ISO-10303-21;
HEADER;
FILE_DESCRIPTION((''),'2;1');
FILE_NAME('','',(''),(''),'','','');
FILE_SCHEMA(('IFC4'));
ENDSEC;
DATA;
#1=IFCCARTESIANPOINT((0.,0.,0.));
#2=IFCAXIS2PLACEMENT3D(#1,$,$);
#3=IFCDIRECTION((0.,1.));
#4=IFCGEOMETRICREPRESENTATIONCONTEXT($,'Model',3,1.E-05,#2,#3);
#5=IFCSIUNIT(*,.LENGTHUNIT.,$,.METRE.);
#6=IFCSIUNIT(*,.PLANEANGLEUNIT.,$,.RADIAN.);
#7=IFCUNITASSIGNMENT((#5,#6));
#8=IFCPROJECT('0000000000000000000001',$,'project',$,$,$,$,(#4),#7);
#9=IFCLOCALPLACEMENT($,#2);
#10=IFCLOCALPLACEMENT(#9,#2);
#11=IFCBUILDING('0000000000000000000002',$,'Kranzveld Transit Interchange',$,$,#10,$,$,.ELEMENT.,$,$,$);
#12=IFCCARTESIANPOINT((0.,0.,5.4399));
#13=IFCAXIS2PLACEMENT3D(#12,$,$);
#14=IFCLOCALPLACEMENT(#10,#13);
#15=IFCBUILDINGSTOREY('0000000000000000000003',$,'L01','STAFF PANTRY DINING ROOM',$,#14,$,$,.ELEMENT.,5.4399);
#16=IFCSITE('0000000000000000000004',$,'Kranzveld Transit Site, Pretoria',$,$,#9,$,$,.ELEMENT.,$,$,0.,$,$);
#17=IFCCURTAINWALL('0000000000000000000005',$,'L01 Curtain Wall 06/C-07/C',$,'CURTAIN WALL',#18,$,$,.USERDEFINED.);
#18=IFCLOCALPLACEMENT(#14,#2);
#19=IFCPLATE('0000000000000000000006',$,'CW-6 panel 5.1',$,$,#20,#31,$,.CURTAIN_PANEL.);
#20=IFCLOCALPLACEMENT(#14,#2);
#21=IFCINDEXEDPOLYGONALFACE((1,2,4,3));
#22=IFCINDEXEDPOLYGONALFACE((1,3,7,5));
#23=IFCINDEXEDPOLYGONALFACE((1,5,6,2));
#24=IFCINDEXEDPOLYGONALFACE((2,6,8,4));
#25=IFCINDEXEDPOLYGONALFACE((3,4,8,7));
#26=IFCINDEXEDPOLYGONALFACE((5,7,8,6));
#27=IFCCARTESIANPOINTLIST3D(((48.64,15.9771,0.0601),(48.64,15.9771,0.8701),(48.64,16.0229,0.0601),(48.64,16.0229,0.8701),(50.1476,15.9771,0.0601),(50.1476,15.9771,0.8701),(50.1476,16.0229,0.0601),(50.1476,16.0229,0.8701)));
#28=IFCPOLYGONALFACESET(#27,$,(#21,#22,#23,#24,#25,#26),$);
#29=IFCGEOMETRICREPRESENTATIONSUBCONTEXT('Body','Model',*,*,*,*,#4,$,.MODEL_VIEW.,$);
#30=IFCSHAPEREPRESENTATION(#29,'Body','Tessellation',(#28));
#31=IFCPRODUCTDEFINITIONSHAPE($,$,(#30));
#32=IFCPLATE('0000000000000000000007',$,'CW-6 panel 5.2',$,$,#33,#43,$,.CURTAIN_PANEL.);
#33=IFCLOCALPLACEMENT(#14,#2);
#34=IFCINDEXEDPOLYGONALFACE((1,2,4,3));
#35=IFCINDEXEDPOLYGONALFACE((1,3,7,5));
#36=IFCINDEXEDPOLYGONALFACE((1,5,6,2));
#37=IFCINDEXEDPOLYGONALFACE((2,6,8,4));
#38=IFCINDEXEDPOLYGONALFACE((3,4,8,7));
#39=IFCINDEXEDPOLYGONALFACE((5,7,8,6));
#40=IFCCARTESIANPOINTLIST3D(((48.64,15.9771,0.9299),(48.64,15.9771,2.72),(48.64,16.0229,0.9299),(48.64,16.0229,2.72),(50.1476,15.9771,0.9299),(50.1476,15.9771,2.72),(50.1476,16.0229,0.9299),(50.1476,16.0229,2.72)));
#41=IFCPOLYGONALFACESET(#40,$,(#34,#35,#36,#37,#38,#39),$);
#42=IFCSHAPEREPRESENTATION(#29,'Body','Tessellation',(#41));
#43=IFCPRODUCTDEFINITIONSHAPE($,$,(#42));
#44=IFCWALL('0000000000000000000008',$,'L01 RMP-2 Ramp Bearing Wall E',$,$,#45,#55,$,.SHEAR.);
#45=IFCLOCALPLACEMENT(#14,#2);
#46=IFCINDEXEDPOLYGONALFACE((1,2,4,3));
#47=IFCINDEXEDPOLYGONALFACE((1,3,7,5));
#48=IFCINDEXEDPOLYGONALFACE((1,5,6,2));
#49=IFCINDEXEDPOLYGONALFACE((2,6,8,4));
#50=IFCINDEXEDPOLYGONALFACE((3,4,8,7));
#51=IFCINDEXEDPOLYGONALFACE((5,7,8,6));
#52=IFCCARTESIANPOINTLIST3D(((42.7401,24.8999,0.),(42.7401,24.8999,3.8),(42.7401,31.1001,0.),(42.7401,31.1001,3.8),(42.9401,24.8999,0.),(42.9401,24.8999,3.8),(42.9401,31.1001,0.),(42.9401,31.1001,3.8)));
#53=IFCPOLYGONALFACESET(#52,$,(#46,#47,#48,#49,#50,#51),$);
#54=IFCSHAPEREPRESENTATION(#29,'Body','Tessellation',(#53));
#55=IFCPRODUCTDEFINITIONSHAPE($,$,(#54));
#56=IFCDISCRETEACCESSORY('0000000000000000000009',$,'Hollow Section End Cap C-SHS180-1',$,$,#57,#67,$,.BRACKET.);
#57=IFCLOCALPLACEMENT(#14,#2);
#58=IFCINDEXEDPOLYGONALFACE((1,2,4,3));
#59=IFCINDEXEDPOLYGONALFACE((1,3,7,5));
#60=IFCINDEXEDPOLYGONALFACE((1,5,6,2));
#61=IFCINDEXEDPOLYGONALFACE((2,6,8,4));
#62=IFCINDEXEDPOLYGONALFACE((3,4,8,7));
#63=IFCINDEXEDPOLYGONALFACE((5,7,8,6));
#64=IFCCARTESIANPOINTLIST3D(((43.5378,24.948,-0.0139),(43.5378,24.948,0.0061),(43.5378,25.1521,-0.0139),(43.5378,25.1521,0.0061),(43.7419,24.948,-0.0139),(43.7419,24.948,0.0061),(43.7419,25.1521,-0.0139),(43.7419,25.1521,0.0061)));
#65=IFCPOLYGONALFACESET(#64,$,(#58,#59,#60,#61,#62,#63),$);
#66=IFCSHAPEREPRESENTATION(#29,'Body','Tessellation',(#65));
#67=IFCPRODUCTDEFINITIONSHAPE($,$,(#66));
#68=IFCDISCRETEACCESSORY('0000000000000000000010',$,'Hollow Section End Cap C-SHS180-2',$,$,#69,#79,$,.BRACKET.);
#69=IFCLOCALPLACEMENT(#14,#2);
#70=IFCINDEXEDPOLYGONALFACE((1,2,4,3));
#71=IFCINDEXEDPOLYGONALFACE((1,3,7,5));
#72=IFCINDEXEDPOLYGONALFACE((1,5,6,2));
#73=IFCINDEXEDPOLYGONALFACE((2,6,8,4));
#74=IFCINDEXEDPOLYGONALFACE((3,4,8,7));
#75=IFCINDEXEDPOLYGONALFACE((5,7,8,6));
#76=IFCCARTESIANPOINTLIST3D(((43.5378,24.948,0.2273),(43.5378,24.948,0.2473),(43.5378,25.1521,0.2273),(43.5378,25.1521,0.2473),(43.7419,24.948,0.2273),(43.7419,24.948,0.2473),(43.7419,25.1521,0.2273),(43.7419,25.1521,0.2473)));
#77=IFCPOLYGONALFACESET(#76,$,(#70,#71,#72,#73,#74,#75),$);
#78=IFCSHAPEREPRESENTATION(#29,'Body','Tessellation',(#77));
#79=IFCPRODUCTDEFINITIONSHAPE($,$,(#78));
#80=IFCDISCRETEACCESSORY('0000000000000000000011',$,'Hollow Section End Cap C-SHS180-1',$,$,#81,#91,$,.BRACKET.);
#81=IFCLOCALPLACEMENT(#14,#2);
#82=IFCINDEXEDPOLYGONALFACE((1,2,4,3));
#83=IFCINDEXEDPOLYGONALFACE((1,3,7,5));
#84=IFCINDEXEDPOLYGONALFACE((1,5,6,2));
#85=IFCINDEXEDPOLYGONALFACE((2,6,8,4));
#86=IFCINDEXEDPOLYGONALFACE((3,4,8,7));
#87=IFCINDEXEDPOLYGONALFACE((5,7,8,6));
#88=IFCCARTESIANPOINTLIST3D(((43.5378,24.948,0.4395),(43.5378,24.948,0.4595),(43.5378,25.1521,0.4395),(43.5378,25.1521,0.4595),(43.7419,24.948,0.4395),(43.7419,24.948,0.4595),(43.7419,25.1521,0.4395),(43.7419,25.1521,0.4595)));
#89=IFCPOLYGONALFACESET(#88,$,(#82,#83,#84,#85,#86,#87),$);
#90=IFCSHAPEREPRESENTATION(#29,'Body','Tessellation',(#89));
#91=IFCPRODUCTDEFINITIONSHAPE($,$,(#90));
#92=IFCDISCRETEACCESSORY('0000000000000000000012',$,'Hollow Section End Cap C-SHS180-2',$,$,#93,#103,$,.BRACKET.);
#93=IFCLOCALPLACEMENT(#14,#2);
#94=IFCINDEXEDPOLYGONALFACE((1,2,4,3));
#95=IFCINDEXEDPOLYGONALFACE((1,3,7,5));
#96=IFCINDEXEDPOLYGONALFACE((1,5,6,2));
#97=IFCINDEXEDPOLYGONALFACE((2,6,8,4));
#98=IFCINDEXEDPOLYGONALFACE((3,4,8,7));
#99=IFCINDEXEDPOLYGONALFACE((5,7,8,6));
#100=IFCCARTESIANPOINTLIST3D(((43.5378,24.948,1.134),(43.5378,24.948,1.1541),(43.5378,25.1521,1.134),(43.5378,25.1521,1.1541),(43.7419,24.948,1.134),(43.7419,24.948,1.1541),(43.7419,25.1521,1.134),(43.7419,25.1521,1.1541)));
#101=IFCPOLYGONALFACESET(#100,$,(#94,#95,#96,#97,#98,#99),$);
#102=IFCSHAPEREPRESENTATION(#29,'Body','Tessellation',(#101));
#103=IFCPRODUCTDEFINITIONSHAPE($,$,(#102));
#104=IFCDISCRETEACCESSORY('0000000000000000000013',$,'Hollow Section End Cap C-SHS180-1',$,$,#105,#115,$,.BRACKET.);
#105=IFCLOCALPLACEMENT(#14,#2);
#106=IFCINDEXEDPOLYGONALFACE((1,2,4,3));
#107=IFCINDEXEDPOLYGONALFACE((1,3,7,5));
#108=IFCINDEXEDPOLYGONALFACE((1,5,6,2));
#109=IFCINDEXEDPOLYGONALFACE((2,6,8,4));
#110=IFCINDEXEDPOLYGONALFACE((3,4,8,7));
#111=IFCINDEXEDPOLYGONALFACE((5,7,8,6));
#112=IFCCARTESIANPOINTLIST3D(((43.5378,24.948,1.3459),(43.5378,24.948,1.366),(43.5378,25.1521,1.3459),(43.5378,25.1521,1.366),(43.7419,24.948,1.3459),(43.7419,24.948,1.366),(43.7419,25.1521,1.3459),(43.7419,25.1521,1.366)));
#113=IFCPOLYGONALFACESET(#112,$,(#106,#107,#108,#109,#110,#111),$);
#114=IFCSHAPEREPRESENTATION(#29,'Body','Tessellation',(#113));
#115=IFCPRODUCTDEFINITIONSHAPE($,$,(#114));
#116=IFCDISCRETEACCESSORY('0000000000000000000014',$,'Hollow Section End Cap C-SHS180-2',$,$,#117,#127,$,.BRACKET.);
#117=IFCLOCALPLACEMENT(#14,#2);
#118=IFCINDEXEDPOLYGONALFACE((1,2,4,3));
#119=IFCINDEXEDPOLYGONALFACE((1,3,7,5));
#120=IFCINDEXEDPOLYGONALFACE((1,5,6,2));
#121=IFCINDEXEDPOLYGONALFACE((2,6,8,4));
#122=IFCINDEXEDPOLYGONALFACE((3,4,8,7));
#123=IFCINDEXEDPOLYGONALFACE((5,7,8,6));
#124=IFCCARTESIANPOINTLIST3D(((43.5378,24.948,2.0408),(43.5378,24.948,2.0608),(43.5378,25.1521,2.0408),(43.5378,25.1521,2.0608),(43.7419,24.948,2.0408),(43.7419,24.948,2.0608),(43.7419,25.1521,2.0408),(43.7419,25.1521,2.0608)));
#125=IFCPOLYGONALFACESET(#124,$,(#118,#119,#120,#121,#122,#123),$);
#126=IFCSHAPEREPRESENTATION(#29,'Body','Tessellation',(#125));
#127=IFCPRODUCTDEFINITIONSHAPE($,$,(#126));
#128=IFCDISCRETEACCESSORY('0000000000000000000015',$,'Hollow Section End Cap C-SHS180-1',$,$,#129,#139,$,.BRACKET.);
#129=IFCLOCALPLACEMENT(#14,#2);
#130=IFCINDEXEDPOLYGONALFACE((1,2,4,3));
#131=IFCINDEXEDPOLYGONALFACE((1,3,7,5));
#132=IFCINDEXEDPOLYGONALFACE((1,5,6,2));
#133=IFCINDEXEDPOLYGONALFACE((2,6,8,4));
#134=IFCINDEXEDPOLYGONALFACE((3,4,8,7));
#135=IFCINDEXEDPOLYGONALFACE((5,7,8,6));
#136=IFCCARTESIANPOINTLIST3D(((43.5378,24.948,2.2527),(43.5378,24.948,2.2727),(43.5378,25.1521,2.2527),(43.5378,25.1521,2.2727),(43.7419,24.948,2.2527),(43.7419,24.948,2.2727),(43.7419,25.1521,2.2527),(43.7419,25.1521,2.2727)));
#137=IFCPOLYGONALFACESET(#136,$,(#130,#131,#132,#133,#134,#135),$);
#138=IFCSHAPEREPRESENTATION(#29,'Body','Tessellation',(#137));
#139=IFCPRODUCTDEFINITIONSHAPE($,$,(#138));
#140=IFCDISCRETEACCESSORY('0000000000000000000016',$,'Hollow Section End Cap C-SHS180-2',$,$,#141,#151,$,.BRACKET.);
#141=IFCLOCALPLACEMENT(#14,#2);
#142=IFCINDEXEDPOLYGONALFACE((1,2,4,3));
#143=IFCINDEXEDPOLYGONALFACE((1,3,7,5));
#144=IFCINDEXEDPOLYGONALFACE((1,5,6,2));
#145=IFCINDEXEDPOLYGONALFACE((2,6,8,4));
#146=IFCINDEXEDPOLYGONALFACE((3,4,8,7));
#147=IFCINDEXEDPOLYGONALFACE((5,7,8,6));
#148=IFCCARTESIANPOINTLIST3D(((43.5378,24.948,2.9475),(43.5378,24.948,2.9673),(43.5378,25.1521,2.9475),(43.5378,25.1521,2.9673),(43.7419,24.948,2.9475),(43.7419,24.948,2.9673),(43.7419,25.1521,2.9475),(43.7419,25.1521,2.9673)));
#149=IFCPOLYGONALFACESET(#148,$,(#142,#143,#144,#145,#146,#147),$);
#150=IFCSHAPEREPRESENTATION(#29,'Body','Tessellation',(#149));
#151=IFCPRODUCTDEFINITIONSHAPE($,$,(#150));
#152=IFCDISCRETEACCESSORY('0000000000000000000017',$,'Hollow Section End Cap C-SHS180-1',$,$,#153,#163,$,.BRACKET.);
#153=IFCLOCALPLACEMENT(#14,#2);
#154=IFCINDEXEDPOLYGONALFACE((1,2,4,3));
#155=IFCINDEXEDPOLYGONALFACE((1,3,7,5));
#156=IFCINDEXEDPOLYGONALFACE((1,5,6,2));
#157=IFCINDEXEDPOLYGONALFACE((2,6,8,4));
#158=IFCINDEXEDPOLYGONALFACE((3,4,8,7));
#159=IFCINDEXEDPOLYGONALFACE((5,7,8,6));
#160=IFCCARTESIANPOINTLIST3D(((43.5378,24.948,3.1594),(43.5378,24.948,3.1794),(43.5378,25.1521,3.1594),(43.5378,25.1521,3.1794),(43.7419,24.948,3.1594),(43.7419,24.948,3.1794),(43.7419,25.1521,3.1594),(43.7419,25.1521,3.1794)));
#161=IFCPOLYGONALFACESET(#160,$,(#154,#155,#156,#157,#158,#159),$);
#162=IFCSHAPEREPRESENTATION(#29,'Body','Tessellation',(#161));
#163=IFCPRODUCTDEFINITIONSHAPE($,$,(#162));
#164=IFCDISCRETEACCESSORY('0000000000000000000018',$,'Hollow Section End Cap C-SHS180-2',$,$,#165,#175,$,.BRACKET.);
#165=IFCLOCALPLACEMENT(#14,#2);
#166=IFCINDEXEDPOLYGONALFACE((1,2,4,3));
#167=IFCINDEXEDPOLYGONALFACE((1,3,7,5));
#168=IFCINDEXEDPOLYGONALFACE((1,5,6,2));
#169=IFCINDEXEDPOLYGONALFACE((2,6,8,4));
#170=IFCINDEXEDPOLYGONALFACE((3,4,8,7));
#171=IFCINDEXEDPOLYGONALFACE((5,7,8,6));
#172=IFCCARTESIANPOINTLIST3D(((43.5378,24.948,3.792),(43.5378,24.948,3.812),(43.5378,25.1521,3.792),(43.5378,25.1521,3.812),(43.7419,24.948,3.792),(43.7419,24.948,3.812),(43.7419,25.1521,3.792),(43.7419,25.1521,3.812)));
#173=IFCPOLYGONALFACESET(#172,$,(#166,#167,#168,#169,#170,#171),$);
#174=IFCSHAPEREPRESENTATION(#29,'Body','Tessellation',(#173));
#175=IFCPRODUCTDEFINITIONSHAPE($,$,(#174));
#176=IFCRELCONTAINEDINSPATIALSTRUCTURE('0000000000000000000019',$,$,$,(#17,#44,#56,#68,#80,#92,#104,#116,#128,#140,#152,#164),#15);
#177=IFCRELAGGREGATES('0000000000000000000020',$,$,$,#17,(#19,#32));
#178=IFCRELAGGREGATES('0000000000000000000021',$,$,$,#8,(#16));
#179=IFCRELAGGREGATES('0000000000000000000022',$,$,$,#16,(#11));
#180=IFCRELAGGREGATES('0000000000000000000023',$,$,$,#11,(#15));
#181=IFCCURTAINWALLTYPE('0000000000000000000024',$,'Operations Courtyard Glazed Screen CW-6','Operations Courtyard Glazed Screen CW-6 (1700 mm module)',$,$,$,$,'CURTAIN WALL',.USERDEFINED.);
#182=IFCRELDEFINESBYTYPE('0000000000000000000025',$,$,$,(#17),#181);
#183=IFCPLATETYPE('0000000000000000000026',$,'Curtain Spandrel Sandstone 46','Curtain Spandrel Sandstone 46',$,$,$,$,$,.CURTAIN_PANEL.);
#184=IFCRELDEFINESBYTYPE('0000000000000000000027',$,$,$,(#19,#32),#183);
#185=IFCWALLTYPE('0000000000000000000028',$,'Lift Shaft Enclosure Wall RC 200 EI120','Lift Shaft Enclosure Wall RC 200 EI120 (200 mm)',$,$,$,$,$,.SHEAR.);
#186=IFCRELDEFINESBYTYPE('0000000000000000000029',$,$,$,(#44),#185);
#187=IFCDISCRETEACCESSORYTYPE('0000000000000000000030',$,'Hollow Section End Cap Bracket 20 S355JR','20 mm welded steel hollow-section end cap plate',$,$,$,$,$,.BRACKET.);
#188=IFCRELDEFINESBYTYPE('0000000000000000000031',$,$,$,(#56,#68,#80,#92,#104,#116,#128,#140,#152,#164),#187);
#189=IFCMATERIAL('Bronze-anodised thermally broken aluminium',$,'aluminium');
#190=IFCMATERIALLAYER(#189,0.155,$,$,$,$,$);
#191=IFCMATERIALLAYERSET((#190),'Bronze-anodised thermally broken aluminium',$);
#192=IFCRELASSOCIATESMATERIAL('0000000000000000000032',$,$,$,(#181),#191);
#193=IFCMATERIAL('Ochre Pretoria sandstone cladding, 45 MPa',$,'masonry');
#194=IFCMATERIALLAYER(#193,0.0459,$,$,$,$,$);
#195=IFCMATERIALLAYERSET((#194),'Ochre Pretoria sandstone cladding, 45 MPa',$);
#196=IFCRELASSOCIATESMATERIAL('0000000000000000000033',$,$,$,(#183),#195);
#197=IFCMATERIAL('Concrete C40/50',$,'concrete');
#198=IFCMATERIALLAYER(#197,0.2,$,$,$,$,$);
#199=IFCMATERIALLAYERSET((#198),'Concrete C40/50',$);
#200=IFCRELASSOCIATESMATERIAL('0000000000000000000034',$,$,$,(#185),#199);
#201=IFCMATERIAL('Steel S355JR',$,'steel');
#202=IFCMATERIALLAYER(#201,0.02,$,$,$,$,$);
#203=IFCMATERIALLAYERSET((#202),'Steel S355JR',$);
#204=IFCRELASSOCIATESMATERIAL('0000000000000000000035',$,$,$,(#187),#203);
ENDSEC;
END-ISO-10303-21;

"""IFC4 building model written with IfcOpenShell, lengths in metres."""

from ifc_helpers import new_model, si_unit, direction, frame, frame_2d, origin, origin_2d, place, context, subcontext, project, spatial, rectangle, extrude, material, layer, layer_set, type_object, element, aggregate, save


model = new_model("IFC4")

# Units and contexts
model_context = context("Model", 3, precision=1e-05, world=origin(), true_north=direction((0.0, 1.0)))
body_context = subcontext(model_context, "Body", "Model", "MODEL_VIEW")
ifc_project = project(units=[si_unit("LENGTHUNIT", "METRE"), si_unit("PLANEANGLEUNIT", "RADIAN")], contexts=[model_context])

# Site, building, storey
site_placement = place(None, origin())
site = spatial("IfcSite", under=ifc_project, at=site_placement, Name="Kranzveld Transit Site, Pretoria", CompositionType="ELEMENT", RefElevation=0.0)
building_placement = place(site_placement, origin())
building = spatial("IfcBuilding", under=site, at=building_placement, Name="Kranzveld Transit Interchange", CompositionType="ELEMENT")
storey_placement = place(building_placement, frame((0.0, 0.0, 5.4399)))
storey = spatial("IfcBuildingStorey", under=building, at=storey_placement, Name="L01", Description="STAFF PANTRY DINING ROOM", CompositionType="ELEMENT", Elevation=5.4399)

# Curtain wall, plates
ifc_material_1 = material(Name="Bronze-anodised thermally broken aluminium", Category="aluminium")
ifc_layer_1 = layer(ifc_material_1, 0.155)
ifc_layer_set_1 = layer_set([ifc_layer_1], Name="Bronze-anodised thermally broken aluminium")
curtain_wall_type = type_object("IfcCurtainWallType", Name="Operations Courtyard Glazed Screen CW-6", Description="Operations Courtyard Glazed Screen CW-6 (1700 mm module)", ElementType="CURTAIN WALL", PredefinedType="USERDEFINED", material=ifc_layer_set_1)
curtain_wall_placement = place(storey_placement, origin())
curtain_wall = element("IfcCurtainWall", 1, at=curtain_wall_placement, inside=storey, type_object=curtain_wall_type, Name="L01 Curtain Wall 06/C-07/C", ObjectType="CURTAIN WALL", PredefinedType="USERDEFINED")
ifc_material_2 = material(Name="Ochre Pretoria sandstone cladding, 45 MPa", Category="masonry")
ifc_layer_2 = layer(ifc_material_2, 0.0459)
ifc_layer_set_2 = layer_set([ifc_layer_2], Name="Ochre Pretoria sandstone cladding, 45 MPa")
plate_type = type_object("IfcPlateType", Name="Curtain Spandrel Sandstone 46", Description="Curtain Spandrel Sandstone 46", PredefinedType="CURTAIN_PANEL", material=ifc_layer_set_2)
plate_1_placement = place(storey_placement, frame((49.3938, 16.0, 0.0601), z_axis=(0.0, 0.0, 1.0), x_axis=(1.0, 0.0, 0.0)))
plate_1 = element("IfcPlate", 2, at=plate_1_placement, type_object=plate_type, Name="CW-6 panel 5.1", PredefinedType="CURTAIN_PANEL", context=body_context, shape_type="SweptSolid", body=[
    extrude(rectangle(XDim=1.5076, YDim=0.0459, at=origin_2d()), origin(), (0.0, 0.0, 1.0), 0.8101),
])
plate_2_placement = place(storey_placement, frame((49.3938, 16.0, 0.9299), z_axis=(0.0, 0.0, 1.0), x_axis=(1.0, 0.0, 0.0)))
plate_2 = element("IfcPlate", 3, at=plate_2_placement, type_object=plate_type, Name="CW-6 panel 5.2", PredefinedType="CURTAIN_PANEL", context=body_context, shape_type="SweptSolid", body=[
    extrude(rectangle(XDim=1.5076, YDim=0.0459, at=origin_2d()), origin(), (0.0, 0.0, 1.0), 1.79),
])
aggregate(curtain_wall, [plate_1, plate_2])

# Wall
ifc_material_3 = material(Name="Concrete C40/50", Category="concrete")
ifc_layer_3 = layer(ifc_material_3, 0.2)
ifc_layer_set_3 = layer_set([ifc_layer_3], Name="Concrete C40/50")
wall_type = type_object("IfcWallType", Name="Lift Shaft Enclosure Wall RC 200 EI120", Description="Lift Shaft Enclosure Wall RC 200 EI120 (200 mm)", PredefinedType="SHEAR", material=ifc_layer_set_3)
wall_placement = place(storey_placement, frame((42.8401, 24.8999, 0.0), z_axis=(0.0, 0.0, 1.0), x_axis=(0.0, 1.0, 0.0)))
element("IfcWall", 4, at=wall_placement, inside=storey, type_object=wall_type, Name="L01 RMP-2 Ramp Bearing Wall E", PredefinedType="SHEAR", context=body_context, shape_type="SweptSolid", body=[
    extrude(rectangle(XDim=6.2002, YDim=0.2, at=frame_2d((3.1001, 0.0))), origin(), (0.0, 0.0, 1.0), 3.8),
])

# Discrete accessories
ifc_material_4 = material(Name="Steel S355JR", Category="steel")
ifc_layer_4 = layer(ifc_material_4, 0.02)
ifc_layer_set_4 = layer_set([ifc_layer_4], Name="Steel S355JR")
discrete_accessory_type = type_object("IfcDiscreteAccessoryType", Name="Hollow Section End Cap Bracket 20 S355JR", Description="20 mm welded steel hollow-section end cap plate", PredefinedType="BRACKET", material=ifc_layer_set_4)
for number, where, z_axis, x_axis, name in (
    (5, (43.6399, 25.05, 0.0061), (0.0, 0.0, -1.0), (1.0, 0.0, 0.0), "Hollow Section End Cap C-SHS180-1"),
    (6, (43.6399, 25.05, 0.2273), (0.0, 0.0, 1.0), (1.0, 0.0, 0.0), "Hollow Section End Cap C-SHS180-2"),
    (7, (43.6399, 25.05, 0.4595), (0.0, 0.0, -1.0), (1.0, 0.0, 0.0), "Hollow Section End Cap C-SHS180-1"),
    (8, (43.6399, 25.05, 1.134), (0.0, 0.0, 1.0), (1.0, 0.0, 0.0), "Hollow Section End Cap C-SHS180-2"),
    (9, (43.6399, 25.05, 1.366), (0.0, 0.0, -1.0), (1.0, 0.0, 0.0), "Hollow Section End Cap C-SHS180-1"),
    (10, (43.6399, 25.05, 2.0408), (0.0, 0.0, 1.0), (1.0, 0.0, 0.0), "Hollow Section End Cap C-SHS180-2"),
    (11, (43.6399, 25.05, 2.2727), (0.0, 0.0, -1.0), (1.0, 0.0, 0.0), "Hollow Section End Cap C-SHS180-1"),
):
    element("IfcDiscreteAccessory", number, at=place(storey_placement, frame(where, z_axis=z_axis, x_axis=x_axis)), inside=storey, type_object=discrete_accessory_type, Name=name, PredefinedType="BRACKET", context=body_context, shape_type="SweptSolid", body=[
        extrude(rectangle(XDim=0.2041, YDim=0.2041, at=origin_2d()), origin(), (0.0, 0.0, 1.0), 0.02),
    ])
discrete_accessory_placement = place(storey_placement, frame((43.6399, 25.05, 2.9475), z_axis=(0.0, 0.0, 1.0), x_axis=(1.0, 0.0, 0.0)))
element("IfcDiscreteAccessory", 12, at=discrete_accessory_placement, inside=storey, type_object=discrete_accessory_type, Name="Hollow Section End Cap C-SHS180-2", PredefinedType="BRACKET", context=body_context, shape_type="SweptSolid", body=[
    extrude(rectangle(XDim=0.2041, YDim=0.2041, at=origin_2d()), origin(), (0.0, 0.0, 1.0), 0.0198),
])
for number, where, z_axis, x_axis, name in (
    (13, (43.6399, 25.05, 3.1794), (0.0, 0.0, -1.0), (1.0, 0.0, 0.0), "Hollow Section End Cap C-SHS180-1"),
    (14, (43.6399, 25.05, 3.792), (0.0, 0.0, 1.0), (1.0, 0.0, 0.0), "Hollow Section End Cap C-SHS180-2"),
):
    element("IfcDiscreteAccessory", number, at=place(storey_placement, frame(where, z_axis=z_axis, x_axis=x_axis)), inside=storey, type_object=discrete_accessory_type, Name=name, PredefinedType="BRACKET", context=body_context, shape_type="SweptSolid", body=[
        extrude(rectangle(XDim=0.2041, YDim=0.2041, at=origin_2d()), origin(), (0.0, 0.0, 1.0), 0.02),
    ])

save(model, "model.ifc")
